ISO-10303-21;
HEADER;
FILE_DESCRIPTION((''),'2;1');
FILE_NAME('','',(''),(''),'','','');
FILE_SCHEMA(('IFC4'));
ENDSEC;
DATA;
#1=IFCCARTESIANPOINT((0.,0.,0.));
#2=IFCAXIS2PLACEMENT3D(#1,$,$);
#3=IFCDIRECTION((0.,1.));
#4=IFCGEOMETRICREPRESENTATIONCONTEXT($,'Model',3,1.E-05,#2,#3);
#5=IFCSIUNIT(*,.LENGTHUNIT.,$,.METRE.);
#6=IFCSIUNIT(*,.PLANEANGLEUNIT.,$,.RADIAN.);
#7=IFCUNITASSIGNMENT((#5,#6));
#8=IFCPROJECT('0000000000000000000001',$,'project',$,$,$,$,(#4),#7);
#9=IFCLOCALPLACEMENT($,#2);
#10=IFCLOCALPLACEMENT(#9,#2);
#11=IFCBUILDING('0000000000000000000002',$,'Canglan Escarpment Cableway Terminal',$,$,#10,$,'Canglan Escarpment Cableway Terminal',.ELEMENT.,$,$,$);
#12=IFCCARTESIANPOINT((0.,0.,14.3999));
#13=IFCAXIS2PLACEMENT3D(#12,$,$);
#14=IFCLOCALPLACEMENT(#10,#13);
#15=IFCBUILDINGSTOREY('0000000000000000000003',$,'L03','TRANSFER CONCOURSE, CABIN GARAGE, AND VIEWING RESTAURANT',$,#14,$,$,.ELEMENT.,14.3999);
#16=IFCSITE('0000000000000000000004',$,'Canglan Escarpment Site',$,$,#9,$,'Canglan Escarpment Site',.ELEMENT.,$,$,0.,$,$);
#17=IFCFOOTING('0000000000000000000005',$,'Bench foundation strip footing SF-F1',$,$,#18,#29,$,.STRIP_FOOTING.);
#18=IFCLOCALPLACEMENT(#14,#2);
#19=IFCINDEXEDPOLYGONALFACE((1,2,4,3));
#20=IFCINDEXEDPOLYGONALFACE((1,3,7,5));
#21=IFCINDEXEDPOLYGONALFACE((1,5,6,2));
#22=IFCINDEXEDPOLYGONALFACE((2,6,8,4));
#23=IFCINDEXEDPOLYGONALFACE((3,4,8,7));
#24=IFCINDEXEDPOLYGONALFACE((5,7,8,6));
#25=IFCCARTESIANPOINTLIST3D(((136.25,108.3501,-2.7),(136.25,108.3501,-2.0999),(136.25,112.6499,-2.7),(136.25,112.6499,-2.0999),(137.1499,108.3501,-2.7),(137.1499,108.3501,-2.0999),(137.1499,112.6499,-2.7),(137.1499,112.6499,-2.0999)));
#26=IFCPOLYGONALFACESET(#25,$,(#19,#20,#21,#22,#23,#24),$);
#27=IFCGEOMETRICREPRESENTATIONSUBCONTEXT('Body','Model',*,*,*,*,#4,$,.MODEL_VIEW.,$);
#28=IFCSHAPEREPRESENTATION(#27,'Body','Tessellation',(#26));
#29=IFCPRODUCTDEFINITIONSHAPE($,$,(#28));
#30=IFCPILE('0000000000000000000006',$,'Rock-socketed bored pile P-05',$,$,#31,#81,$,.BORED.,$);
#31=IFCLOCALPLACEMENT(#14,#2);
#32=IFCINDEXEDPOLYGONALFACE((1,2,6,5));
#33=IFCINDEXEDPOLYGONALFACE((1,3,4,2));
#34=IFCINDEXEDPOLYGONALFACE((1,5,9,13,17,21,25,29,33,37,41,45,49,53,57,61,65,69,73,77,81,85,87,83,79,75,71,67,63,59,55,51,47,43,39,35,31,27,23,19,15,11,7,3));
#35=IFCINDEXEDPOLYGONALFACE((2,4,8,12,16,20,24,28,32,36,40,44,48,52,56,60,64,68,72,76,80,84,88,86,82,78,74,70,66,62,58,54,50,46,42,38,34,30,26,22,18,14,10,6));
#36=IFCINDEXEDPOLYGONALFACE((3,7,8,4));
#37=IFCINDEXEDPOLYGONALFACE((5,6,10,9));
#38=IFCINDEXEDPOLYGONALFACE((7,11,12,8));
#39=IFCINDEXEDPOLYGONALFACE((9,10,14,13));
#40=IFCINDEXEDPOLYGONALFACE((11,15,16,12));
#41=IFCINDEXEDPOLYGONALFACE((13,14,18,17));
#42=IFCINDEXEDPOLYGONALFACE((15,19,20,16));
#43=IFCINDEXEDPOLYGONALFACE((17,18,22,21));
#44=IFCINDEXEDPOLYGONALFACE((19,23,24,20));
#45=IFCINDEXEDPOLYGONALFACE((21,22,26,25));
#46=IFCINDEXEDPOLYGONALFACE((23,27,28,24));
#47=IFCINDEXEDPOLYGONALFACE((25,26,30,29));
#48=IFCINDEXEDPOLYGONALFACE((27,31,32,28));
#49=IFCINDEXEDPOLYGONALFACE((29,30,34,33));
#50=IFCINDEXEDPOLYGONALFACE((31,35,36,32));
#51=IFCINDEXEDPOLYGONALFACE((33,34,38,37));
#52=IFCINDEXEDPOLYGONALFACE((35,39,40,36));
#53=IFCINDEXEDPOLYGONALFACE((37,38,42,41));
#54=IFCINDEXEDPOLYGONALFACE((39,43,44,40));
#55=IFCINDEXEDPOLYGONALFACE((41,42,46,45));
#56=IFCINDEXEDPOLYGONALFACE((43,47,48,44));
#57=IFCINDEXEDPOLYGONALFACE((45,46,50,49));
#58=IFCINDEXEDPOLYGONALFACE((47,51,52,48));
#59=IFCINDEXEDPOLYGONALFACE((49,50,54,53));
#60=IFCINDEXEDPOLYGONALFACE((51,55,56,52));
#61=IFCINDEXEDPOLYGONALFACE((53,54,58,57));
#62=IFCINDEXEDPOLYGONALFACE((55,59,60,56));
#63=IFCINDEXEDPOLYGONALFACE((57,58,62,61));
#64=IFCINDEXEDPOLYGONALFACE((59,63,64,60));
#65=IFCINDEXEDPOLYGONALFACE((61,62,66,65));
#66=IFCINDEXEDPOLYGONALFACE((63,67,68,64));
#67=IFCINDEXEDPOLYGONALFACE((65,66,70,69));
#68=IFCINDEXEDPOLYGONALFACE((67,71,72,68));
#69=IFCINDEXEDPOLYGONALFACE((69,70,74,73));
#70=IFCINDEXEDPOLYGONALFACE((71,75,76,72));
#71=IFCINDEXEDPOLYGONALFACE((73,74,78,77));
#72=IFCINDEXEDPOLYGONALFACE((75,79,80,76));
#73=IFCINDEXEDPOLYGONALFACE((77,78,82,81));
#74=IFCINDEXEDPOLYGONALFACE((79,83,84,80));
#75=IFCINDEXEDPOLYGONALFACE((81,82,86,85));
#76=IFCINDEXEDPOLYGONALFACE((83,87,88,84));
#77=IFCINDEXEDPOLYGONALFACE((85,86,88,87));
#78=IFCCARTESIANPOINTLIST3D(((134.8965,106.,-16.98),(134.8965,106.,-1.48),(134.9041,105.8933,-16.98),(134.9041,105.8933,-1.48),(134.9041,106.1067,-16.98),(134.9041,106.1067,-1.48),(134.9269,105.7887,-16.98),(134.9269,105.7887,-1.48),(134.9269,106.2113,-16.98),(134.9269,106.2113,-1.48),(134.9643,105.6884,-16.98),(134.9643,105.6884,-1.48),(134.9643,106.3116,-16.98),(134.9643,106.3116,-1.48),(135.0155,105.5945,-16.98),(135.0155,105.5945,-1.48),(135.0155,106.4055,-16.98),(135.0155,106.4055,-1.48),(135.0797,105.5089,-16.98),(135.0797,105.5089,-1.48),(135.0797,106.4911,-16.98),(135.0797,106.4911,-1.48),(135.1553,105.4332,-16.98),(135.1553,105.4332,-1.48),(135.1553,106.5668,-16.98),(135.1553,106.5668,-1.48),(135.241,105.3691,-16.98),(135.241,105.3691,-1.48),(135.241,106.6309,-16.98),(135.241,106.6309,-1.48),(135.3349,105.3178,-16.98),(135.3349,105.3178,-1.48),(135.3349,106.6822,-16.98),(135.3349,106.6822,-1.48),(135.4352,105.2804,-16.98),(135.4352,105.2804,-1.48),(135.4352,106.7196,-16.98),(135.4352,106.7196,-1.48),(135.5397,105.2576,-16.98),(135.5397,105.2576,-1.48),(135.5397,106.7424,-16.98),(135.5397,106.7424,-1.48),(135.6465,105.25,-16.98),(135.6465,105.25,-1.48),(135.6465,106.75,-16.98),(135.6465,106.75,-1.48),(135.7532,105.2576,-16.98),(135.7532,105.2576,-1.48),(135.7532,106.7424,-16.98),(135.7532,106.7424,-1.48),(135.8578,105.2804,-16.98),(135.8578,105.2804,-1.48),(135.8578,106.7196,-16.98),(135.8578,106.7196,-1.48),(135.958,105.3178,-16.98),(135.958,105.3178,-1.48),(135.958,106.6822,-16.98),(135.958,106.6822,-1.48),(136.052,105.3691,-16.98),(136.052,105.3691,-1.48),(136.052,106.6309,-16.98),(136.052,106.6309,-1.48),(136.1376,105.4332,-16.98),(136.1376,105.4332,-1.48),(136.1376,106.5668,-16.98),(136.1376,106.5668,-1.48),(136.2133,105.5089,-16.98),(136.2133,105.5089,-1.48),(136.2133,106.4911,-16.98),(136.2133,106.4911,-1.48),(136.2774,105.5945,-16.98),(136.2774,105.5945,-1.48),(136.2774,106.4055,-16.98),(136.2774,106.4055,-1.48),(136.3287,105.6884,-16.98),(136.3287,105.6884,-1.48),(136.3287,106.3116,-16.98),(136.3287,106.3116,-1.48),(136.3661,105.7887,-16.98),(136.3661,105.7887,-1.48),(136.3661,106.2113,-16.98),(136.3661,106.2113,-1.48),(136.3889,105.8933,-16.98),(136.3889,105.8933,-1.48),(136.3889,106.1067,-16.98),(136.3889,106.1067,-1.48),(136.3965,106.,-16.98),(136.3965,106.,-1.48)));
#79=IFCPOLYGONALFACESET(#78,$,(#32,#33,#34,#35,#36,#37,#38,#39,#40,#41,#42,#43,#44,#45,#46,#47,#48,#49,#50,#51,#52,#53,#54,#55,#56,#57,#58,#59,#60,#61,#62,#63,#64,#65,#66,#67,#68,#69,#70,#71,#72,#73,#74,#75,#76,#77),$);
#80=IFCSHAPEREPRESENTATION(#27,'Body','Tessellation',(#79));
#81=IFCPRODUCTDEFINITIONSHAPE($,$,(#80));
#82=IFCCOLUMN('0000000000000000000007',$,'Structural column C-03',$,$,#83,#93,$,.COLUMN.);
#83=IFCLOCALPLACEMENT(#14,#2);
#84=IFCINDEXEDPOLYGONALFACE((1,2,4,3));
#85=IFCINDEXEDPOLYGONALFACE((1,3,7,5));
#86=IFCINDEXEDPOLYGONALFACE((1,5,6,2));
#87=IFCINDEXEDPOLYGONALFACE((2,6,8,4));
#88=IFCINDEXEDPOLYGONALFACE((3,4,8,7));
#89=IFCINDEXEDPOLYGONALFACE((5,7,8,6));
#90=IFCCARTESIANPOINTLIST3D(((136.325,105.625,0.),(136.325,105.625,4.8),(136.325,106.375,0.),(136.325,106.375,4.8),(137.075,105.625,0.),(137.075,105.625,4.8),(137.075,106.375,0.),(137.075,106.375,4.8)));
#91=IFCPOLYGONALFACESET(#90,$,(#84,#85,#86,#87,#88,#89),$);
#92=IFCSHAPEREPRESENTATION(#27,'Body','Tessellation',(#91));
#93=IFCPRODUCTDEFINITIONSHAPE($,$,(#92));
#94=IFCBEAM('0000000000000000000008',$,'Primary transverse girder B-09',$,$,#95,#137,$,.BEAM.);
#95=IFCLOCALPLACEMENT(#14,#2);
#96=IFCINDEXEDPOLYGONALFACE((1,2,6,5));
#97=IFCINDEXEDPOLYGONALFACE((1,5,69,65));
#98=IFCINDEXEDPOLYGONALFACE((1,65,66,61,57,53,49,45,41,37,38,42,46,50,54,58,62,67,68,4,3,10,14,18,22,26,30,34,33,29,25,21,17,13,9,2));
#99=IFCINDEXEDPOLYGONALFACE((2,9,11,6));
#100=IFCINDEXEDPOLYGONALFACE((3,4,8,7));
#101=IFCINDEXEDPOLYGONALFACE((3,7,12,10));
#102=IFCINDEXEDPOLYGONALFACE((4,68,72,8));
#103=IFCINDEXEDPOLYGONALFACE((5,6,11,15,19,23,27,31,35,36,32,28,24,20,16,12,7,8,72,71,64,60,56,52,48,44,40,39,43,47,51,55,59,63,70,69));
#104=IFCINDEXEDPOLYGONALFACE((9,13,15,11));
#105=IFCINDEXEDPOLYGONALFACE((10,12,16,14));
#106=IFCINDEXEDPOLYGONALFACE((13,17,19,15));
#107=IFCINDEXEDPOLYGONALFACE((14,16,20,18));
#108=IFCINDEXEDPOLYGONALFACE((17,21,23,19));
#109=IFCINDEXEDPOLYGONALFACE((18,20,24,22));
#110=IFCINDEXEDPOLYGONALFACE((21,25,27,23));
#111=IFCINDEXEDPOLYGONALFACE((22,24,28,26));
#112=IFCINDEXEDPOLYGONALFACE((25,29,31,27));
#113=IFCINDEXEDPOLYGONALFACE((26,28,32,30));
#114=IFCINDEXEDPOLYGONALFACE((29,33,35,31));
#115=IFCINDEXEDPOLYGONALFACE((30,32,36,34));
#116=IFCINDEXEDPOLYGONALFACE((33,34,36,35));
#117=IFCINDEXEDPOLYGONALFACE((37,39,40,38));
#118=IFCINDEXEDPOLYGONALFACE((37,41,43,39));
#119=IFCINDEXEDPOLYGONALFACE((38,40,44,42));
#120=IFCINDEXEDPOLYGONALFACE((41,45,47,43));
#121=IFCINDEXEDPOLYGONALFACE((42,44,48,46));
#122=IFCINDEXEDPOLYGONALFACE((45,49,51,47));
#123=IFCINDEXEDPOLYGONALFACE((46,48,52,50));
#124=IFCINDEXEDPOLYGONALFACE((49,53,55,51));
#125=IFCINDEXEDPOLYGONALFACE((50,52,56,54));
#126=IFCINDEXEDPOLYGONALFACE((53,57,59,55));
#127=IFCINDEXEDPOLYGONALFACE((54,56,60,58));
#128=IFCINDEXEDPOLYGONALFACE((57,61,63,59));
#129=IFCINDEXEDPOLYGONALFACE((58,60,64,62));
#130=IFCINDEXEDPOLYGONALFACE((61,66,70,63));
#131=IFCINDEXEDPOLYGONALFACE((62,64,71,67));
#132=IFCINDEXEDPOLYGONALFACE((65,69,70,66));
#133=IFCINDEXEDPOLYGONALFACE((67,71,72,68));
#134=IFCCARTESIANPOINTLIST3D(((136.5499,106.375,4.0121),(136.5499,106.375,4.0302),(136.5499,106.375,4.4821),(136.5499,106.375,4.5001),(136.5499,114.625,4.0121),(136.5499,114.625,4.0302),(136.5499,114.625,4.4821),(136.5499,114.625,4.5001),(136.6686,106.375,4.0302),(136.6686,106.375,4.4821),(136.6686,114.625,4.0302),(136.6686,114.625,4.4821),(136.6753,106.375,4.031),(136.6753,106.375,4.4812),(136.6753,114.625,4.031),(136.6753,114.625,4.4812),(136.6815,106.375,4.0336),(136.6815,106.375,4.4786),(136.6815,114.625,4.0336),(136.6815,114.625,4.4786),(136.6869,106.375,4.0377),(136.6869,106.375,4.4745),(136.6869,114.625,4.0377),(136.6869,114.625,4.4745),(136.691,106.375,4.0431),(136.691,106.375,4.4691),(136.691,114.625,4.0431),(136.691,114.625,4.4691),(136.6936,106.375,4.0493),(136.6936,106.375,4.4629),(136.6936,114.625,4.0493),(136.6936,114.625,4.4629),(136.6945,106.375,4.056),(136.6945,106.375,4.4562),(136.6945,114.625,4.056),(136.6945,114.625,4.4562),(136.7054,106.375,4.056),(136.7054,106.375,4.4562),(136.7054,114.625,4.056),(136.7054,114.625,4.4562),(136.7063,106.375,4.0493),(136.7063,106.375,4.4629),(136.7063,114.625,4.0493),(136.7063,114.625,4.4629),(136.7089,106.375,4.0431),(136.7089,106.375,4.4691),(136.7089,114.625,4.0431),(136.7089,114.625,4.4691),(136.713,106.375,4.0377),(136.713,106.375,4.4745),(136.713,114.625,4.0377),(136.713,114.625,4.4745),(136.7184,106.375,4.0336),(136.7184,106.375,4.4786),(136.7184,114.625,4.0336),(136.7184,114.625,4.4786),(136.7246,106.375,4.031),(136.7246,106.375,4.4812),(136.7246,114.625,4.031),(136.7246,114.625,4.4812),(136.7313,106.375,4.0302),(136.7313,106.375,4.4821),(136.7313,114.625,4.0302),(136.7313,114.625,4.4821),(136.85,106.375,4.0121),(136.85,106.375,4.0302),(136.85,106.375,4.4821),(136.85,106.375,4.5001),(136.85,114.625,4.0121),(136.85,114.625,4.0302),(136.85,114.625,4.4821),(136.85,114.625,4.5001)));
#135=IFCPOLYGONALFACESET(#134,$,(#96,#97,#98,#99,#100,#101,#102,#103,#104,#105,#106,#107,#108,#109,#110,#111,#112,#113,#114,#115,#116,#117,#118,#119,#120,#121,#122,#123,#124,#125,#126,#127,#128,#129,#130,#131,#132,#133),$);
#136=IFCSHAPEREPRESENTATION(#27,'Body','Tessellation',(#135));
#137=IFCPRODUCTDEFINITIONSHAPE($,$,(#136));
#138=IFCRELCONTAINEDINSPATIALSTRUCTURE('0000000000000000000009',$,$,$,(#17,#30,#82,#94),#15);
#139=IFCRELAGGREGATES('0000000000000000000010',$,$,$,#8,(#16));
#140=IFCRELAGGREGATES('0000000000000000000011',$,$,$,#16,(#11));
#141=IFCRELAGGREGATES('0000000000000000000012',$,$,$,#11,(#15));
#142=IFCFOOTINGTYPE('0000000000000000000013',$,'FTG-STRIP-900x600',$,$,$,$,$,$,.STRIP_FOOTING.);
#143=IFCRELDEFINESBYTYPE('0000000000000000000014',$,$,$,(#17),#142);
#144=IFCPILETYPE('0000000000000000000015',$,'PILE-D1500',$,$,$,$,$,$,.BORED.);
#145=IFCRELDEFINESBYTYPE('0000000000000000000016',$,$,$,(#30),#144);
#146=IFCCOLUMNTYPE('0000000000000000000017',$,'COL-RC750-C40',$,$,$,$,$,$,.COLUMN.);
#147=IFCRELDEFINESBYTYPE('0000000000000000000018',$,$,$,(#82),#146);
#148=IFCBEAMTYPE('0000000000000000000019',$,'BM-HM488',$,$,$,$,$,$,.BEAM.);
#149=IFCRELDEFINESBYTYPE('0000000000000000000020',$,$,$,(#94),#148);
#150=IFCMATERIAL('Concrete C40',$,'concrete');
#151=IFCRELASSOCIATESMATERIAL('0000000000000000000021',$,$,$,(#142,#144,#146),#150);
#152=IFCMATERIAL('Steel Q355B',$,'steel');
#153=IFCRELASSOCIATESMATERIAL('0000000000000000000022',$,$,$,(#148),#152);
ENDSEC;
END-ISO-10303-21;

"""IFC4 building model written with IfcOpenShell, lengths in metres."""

from ifc_helpers import new_model, si_unit, direction, frame, origin, origin_2d, place, context, subcontext, project, spatial, rectangle, circle, i_section, extrude, material, material_profile, profile_set, type_object, element, save


model = new_model("IFC4")

# Units and contexts
model_context = context("Model", 3, precision=1e-05, world=origin(), true_north=direction((0.0, 1.0)))
body_context = subcontext(model_context, "Body", "Model", "MODEL_VIEW")
ifc_project = project(units=[si_unit("LENGTHUNIT", "METRE"), si_unit("PLANEANGLEUNIT", "RADIAN")], contexts=[model_context])

# Site, building, storey
site_placement = place(None, origin())
site = spatial("IfcSite", under=ifc_project, at=site_placement, Name="Canglan Escarpment Site", LongName="Canglan Escarpment Site", CompositionType="ELEMENT", RefElevation=0.0)
building_placement = place(site_placement, origin())
building = spatial("IfcBuilding", under=site, at=building_placement, Name="Canglan Escarpment Cableway Terminal", LongName="Canglan Escarpment Cableway Terminal", CompositionType="ELEMENT")
storey_placement = place(building_placement, frame((0.0, 0.0, 14.3999)))
storey = spatial("IfcBuildingStorey", under=building, at=storey_placement, Name="L03", Description="TRANSFER CONCOURSE, CABIN GARAGE, AND VIEWING RESTAURANT", CompositionType="ELEMENT", Elevation=14.3999)

# Footing
ifc_material_1 = material(Name="Concrete C40", Category="concrete")
ifc_material_profile_1 = material_profile(ifc_material_1, rectangle(XDim=0.8999, YDim=0.6001, at=origin_2d()), Name="SF 900x600")
ifc_profile_set_1 = profile_set([ifc_material_profile_1], Name="Concrete C40")
footing_type = type_object("IfcFootingType", Name="FTG-STRIP-900x600", PredefinedType="STRIP_FOOTING", material=ifc_profile_set_1)
footing_placement = place(storey_placement, frame((136.7, 108.3501, -2.3999), z_axis=(0.0, 1.0, 0.0), x_axis=(-1.0, 0.0, 0.0)))
element("IfcFooting", 1, at=footing_placement, inside=storey, type_object=footing_type, Name="Bench foundation strip footing SF-F1", PredefinedType="STRIP_FOOTING", context=body_context, shape_type="SweptSolid", body=[
    extrude(rectangle(XDim=0.8999, YDim=0.6001, at=origin_2d()), origin(), (0.0, 0.0, 1.0), 4.2998),
])

# Pile
ifc_material_profile_2 = material_profile(ifc_material_1, circle(Radius=0.75, at=origin_2d()), Name="BORED PILE D1500")
ifc_profile_set_2 = profile_set([ifc_material_profile_2], Name="Concrete C40")
pile_type = type_object("IfcPileType", Name="PILE-D1500", PredefinedType="BORED", material=ifc_profile_set_2)
pile_placement = place(storey_placement, frame((135.6465, 106.0, -1.48), z_axis=(0.0, 0.0, -1.0), x_axis=(1.0, 0.0, 0.0)))
element("IfcPile", 2, at=pile_placement, inside=storey, type_object=pile_type, Name="Rock-socketed bored pile P-05", PredefinedType="BORED", context=body_context, shape_type="SweptSolid", body=[
    extrude(circle(Radius=0.75, at=origin_2d()), origin(), (0.0, 0.0, 1.0), 15.5),
])

# Column
ifc_material_profile_3 = material_profile(ifc_material_1, rectangle(XDim=0.75, YDim=0.75, at=origin_2d()), Name="RC 750x750")
ifc_profile_set_3 = profile_set([ifc_material_profile_3], Name="Concrete C40")
column_type = type_object("IfcColumnType", Name="COL-RC750-C40", PredefinedType="COLUMN", material=ifc_profile_set_3)
column_placement = place(storey_placement, frame((136.7, 106.0, 0.0), z_axis=(0.0, 0.0, 1.0), x_axis=(1.0, 0.0, 0.0)))
element("IfcColumn", 3, at=column_placement, inside=storey, type_object=column_type, Name="Structural column C-03", PredefinedType="COLUMN", context=body_context, shape_type="SweptSolid", body=[
    extrude(rectangle(XDim=0.75, YDim=0.75, at=origin_2d()), origin(), (0.0, 0.0, 1.0), 4.8),
])

# Beam
ifc_material_2 = material(Name="Steel Q355B", Category="steel")
ifc_material_profile_4 = material_profile(ifc_material_2, i_section(OverallWidth=0.3, OverallDepth=0.488, WebThickness=0.011, FlangeThickness=0.0181, FilletRadius=0.0259, at=origin_2d()), Name="HM 488x300x11x18")
ifc_profile_set_4 = profile_set([ifc_material_profile_4], Name="Steel Q355B")
beam_type = type_object("IfcBeamType", Name="BM-HM488", PredefinedType="BEAM", material=ifc_profile_set_4)
beam_placement = place(storey_placement, frame((136.7, 106.375, 4.2561), z_axis=(0.0, 1.0, 0.0), x_axis=(-1.0, 0.0, 0.0)))
element("IfcBeam", 4, at=beam_placement, inside=storey, type_object=beam_type, Name="Primary transverse girder B-09", PredefinedType="BEAM", context=body_context, shape_type="SweptSolid", body=[
    extrude(i_section(OverallWidth=0.3, OverallDepth=0.488, WebThickness=0.011, FlangeThickness=0.0181, FilletRadius=0.0259, at=origin_2d()), origin(), (0.0, 0.0, 1.0), 8.25),
])

save(model, "model.ifc")
